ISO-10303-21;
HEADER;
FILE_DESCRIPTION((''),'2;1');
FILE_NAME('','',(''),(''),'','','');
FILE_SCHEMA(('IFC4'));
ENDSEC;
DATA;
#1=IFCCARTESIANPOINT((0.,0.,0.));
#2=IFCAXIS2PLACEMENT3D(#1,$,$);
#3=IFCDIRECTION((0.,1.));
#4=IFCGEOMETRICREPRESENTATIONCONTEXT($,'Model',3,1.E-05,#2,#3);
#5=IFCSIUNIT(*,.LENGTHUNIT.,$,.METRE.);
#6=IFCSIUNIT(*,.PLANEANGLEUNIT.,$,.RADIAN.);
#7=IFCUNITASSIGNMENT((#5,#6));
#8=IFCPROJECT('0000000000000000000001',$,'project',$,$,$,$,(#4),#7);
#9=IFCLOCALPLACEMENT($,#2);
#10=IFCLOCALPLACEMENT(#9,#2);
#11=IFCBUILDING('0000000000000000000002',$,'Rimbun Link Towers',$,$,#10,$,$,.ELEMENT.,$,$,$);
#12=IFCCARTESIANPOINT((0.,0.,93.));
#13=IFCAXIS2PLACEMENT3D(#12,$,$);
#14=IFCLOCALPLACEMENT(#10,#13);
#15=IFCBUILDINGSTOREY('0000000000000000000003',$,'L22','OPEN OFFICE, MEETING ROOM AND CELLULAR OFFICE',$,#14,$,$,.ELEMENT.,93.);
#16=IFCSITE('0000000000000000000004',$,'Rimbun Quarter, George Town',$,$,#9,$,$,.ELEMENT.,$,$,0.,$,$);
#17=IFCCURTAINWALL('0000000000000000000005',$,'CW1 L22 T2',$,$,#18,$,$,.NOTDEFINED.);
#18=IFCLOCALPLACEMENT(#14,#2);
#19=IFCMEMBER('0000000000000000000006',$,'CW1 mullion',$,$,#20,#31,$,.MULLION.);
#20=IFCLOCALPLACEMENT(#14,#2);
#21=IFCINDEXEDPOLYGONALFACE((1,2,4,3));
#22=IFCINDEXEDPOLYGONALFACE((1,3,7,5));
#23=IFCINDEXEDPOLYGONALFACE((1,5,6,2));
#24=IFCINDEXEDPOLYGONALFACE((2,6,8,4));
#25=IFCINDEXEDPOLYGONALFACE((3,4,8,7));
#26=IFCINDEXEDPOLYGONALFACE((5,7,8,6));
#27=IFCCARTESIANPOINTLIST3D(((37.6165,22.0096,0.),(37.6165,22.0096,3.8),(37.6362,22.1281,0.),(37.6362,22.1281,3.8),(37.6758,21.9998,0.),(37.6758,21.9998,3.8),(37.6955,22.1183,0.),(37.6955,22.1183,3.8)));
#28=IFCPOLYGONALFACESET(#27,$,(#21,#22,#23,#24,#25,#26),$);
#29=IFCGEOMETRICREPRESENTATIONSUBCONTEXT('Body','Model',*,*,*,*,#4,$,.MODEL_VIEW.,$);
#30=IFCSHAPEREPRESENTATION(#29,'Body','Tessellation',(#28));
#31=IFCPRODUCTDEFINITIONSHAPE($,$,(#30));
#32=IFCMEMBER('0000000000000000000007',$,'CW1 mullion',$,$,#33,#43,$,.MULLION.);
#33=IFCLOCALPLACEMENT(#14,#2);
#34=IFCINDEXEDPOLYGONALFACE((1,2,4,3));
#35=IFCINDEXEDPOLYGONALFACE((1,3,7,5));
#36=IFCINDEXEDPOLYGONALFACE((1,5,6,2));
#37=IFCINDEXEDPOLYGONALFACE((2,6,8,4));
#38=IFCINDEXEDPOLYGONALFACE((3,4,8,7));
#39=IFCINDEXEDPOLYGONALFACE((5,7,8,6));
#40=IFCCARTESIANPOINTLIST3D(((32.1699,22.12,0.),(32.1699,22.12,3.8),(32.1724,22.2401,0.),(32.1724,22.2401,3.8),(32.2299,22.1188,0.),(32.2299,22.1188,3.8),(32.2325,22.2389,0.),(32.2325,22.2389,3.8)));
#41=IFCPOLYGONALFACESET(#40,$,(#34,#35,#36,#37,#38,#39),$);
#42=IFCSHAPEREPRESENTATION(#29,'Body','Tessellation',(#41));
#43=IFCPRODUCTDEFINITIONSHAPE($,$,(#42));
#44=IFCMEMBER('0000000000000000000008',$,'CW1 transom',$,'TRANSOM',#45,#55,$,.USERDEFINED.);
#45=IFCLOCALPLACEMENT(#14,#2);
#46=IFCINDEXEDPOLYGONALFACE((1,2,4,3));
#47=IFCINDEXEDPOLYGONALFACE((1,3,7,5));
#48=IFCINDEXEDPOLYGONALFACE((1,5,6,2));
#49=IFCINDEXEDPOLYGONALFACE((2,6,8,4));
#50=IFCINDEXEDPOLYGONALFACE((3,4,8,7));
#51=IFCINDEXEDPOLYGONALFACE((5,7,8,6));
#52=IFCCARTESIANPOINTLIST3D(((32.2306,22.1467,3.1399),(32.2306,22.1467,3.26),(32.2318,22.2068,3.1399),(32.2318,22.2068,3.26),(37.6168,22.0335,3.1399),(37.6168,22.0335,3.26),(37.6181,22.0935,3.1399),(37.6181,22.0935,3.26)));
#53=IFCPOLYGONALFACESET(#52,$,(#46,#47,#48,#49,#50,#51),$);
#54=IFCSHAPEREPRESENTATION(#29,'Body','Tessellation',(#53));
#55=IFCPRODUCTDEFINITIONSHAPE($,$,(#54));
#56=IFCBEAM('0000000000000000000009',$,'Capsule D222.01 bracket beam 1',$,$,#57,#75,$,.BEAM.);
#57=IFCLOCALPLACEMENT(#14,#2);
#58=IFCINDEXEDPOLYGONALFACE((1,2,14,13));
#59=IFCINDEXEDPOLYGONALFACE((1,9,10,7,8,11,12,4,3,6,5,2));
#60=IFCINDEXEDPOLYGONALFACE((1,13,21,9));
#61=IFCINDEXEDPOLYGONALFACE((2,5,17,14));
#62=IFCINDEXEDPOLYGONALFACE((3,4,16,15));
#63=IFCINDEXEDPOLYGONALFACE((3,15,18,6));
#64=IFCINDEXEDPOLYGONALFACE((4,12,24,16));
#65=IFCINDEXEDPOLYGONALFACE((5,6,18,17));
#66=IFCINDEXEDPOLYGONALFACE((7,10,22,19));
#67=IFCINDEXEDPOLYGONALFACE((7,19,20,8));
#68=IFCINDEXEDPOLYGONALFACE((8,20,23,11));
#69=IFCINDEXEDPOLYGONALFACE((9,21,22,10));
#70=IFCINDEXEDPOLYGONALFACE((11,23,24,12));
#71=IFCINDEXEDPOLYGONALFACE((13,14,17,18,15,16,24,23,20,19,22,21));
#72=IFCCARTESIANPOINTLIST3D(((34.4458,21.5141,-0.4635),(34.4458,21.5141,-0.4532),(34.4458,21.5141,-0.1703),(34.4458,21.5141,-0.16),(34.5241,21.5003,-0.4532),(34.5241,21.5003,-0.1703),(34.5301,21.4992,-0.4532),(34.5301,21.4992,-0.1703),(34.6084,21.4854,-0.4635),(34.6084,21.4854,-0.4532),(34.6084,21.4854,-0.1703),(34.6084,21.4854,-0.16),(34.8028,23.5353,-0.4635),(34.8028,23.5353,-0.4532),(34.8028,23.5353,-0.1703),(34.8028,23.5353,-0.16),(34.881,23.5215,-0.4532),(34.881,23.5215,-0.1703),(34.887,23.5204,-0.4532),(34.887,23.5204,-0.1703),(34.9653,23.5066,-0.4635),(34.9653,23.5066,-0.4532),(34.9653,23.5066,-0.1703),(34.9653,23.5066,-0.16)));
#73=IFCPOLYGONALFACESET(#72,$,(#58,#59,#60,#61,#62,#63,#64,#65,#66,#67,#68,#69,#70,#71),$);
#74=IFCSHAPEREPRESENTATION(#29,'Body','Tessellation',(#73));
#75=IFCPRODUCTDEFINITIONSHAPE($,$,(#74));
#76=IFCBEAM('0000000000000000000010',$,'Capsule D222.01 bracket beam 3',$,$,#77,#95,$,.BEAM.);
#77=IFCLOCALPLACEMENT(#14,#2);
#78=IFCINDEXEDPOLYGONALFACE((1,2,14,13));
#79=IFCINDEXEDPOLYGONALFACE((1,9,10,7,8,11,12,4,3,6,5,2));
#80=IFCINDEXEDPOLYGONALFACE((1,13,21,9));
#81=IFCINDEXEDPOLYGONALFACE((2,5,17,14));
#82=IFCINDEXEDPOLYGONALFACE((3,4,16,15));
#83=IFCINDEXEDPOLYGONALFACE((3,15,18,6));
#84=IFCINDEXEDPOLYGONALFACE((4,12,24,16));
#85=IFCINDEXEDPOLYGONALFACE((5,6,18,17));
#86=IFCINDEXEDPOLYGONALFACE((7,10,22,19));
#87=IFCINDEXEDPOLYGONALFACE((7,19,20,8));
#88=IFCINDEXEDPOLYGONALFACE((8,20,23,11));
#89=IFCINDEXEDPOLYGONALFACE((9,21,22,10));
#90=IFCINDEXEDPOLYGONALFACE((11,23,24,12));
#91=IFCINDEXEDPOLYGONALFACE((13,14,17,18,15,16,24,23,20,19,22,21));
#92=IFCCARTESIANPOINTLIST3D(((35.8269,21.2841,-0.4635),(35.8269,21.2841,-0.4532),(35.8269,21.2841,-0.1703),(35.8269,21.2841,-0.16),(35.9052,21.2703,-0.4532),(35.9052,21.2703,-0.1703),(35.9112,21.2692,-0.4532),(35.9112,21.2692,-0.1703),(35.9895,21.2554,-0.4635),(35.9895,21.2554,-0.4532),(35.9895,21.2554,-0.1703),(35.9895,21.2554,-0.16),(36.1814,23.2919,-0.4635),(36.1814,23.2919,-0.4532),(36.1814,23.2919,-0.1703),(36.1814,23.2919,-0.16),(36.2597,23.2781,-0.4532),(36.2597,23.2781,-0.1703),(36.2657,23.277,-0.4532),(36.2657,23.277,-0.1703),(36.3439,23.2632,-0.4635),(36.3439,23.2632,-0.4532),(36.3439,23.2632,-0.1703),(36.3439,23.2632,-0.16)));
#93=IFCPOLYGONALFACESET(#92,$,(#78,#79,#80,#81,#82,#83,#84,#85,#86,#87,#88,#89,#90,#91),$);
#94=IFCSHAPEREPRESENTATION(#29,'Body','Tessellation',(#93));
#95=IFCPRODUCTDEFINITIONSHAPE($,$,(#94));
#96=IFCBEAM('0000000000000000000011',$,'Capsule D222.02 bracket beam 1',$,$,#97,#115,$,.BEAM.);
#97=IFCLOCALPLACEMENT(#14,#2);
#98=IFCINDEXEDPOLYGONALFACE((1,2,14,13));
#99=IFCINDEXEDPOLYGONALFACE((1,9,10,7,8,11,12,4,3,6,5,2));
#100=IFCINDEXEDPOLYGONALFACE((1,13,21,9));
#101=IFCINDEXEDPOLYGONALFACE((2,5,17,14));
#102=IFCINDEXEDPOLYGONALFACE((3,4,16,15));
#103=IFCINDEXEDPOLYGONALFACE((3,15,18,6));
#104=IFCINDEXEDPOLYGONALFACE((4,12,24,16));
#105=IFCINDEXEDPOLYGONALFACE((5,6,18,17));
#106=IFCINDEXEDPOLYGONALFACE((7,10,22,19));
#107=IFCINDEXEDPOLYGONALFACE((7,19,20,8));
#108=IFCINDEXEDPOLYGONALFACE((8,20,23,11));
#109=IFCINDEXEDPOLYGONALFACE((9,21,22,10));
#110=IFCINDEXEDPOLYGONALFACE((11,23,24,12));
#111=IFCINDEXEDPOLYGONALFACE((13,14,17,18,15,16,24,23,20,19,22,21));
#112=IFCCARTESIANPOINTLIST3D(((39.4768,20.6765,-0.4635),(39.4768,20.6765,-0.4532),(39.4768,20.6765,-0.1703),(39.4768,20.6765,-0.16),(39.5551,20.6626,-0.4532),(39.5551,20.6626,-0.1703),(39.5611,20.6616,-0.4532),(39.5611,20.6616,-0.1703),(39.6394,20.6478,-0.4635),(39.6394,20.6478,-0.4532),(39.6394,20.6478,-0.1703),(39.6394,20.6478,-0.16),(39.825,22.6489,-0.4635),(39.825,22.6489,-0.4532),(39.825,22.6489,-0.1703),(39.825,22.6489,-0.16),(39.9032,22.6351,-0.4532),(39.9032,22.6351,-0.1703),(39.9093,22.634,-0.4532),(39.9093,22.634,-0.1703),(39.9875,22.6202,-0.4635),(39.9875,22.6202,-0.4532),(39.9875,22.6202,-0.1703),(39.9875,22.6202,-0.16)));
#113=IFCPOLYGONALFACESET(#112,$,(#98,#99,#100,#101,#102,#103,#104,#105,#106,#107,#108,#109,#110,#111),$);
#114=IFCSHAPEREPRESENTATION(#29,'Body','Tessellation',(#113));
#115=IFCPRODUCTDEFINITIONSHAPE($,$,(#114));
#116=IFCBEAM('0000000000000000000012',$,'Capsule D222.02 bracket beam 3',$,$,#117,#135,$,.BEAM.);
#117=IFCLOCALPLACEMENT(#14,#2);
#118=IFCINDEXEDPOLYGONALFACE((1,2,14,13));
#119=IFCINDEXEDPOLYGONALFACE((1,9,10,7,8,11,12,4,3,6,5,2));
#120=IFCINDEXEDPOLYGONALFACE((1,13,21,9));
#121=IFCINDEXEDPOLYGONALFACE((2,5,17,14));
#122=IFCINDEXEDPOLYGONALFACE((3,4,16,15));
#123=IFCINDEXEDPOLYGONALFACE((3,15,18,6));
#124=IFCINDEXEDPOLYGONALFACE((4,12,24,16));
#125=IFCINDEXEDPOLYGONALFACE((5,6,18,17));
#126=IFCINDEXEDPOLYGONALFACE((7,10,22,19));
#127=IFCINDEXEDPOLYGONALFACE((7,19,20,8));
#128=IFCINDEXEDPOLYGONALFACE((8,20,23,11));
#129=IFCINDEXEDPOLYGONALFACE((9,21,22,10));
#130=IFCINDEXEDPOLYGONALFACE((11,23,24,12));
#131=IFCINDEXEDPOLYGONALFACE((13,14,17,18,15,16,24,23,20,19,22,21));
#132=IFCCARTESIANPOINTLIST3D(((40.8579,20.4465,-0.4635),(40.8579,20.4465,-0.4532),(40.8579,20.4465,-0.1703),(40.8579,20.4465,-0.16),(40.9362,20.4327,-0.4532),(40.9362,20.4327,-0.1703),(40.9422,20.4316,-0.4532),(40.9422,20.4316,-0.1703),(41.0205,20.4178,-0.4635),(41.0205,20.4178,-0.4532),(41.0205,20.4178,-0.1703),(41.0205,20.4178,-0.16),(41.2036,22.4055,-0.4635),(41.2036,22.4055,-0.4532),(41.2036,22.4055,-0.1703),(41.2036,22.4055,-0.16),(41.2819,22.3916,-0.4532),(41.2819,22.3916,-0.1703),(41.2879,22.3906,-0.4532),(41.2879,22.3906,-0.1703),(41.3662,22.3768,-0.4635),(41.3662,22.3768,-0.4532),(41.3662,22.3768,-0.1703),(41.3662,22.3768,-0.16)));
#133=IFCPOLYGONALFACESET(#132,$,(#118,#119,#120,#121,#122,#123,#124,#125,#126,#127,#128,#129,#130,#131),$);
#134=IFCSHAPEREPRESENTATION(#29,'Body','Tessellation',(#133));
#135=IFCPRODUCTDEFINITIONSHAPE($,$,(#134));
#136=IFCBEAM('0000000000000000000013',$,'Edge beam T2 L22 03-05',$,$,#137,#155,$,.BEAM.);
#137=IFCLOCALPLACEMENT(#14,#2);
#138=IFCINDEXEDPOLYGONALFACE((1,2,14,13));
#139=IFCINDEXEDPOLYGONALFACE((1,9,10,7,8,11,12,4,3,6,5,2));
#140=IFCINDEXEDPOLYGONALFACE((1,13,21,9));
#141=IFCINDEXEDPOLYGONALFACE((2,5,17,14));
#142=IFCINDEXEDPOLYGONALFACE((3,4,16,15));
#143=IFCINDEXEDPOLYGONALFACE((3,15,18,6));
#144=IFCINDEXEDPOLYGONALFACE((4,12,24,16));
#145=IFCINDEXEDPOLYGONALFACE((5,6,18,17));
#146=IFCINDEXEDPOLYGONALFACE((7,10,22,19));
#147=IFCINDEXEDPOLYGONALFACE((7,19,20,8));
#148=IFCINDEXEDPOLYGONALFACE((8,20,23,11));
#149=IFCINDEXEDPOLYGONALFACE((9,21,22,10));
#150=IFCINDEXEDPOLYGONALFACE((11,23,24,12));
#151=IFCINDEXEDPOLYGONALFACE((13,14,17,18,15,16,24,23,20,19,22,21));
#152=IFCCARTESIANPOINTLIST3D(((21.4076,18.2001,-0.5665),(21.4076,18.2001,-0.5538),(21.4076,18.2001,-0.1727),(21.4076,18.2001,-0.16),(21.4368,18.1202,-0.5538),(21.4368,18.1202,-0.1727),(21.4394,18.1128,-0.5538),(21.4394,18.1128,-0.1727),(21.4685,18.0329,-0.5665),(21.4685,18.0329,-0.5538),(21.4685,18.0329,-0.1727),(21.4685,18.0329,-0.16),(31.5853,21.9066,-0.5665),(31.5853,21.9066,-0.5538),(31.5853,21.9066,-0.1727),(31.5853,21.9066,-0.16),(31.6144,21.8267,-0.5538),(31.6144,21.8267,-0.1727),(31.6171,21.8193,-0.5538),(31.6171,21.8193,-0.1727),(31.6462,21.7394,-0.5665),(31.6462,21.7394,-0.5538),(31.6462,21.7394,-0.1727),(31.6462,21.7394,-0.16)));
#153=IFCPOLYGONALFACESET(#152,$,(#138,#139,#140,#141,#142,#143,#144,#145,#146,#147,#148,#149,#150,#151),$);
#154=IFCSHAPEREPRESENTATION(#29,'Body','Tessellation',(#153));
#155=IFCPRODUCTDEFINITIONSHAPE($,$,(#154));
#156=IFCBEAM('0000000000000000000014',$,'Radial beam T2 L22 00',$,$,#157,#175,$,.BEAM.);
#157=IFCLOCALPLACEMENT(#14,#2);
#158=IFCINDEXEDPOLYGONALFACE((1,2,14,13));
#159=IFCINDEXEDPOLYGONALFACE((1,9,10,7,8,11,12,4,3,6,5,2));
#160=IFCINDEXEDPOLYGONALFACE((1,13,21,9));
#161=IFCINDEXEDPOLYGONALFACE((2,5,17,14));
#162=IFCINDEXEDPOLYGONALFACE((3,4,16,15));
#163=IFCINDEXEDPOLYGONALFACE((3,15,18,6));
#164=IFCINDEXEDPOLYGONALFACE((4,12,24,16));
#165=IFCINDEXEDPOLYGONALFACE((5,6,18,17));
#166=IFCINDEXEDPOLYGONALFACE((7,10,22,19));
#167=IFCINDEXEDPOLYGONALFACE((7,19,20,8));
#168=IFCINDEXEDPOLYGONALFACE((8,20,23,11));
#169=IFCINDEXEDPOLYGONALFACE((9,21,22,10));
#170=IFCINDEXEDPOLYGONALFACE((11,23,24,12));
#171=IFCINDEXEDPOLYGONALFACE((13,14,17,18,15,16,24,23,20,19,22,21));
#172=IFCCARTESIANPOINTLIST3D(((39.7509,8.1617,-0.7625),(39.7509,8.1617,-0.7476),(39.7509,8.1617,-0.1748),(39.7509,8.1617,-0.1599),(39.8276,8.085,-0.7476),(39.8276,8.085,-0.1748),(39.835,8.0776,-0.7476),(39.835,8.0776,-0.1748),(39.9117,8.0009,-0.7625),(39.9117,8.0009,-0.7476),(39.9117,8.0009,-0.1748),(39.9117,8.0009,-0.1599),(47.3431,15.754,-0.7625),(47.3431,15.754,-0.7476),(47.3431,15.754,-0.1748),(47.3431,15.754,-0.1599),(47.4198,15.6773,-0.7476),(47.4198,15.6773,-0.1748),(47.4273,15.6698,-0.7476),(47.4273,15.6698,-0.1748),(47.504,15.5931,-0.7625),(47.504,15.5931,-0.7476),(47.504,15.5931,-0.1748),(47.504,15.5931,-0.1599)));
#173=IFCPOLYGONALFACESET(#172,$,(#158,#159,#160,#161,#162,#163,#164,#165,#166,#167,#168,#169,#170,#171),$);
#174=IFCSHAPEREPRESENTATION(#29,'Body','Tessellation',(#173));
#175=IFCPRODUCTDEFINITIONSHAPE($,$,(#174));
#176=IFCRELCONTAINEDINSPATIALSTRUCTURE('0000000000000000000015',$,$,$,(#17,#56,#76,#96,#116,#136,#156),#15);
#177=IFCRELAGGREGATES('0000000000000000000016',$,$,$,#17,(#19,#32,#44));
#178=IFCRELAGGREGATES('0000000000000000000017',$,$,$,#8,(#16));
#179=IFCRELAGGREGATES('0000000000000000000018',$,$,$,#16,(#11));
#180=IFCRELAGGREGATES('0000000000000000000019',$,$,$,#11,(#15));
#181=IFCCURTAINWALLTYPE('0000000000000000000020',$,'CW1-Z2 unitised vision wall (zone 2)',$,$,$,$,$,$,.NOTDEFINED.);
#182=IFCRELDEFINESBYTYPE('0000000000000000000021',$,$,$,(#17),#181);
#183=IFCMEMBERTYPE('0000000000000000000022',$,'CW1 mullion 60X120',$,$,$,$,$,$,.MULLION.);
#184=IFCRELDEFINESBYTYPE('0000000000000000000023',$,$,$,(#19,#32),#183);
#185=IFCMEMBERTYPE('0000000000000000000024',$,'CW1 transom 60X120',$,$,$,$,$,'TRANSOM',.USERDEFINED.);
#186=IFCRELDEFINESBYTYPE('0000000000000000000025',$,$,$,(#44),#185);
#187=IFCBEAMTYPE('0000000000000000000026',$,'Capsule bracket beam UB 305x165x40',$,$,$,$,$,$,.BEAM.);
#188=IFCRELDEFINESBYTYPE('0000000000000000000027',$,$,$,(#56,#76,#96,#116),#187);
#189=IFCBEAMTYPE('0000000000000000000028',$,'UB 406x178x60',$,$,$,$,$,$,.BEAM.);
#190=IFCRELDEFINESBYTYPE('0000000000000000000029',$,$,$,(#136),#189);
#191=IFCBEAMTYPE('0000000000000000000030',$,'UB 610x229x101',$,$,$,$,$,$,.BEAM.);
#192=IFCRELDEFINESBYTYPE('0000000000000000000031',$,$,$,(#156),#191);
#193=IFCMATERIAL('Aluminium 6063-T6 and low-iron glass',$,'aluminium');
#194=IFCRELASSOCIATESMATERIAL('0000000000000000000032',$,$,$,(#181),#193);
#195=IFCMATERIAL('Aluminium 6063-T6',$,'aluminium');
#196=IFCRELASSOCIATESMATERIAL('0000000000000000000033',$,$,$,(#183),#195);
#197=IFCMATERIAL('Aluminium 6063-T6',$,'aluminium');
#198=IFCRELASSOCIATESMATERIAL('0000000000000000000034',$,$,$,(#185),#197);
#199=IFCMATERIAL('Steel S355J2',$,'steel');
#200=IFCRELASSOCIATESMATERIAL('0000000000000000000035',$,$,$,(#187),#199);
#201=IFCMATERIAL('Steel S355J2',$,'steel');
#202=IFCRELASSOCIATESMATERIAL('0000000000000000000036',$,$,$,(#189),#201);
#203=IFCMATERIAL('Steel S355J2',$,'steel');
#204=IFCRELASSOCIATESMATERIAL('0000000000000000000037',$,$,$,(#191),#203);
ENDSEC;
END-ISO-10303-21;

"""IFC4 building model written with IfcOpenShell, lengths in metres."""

from ifc_helpers import new_model, si_unit, direction, frame, origin, origin_2d, place, context, subcontext, project, spatial, rectangle, i_section, extrude, material, material_profile, profile_set, type_object, element, aggregate, save


model = new_model("IFC4")

# Units and contexts
model_context = context("Model", 3, precision=1e-05, world=origin(), true_north=direction((0.0, 1.0)))
body_context = subcontext(model_context, "Body", "Model", "MODEL_VIEW")
ifc_project = project(units=[si_unit("LENGTHUNIT", "METRE"), si_unit("PLANEANGLEUNIT", "RADIAN")], contexts=[model_context])

# Site, building, storey
site_placement = place(None, origin())
site = spatial("IfcSite", under=ifc_project, at=site_placement, Name="Rimbun Quarter, George Town", CompositionType="ELEMENT", RefElevation=0.0)
building_placement = place(site_placement, origin())
building = spatial("IfcBuilding", under=site, at=building_placement, Name="Rimbun Link Towers", CompositionType="ELEMENT")
storey_placement = place(building_placement, frame((0.0, 0.0, 93.0)))
storey = spatial("IfcBuildingStorey", under=building, at=storey_placement, Name="L22", Description="OPEN OFFICE, MEETING ROOM AND CELLULAR OFFICE", CompositionType="ELEMENT", Elevation=93.0)

# Curtain wall, members
ifc_material_1 = material(Name="Aluminium 6063-T6 and low-iron glass", Category="aluminium")
curtain_wall_type = type_object("IfcCurtainWallType", Name="CW1-Z2 unitised vision wall (zone 2)", PredefinedType="NOTDEFINED", material=ifc_material_1)
curtain_wall_placement = place(storey_placement, origin())
curtain_wall = element("IfcCurtainWall", 1, at=curtain_wall_placement, inside=storey, type_object=curtain_wall_type, Name="CW1 L22 T2", PredefinedType="NOTDEFINED")
ifc_material_2 = material(Name="Aluminium 6063-T6", Category="aluminium")
ifc_material_profile_1 = material_profile(ifc_material_2, rectangle(XDim=0.1201, YDim=0.0601, at=origin_2d()), Name="MULLION 60X120")
ifc_profile_set_1 = profile_set([ifc_material_profile_1], Name="Aluminium 6063-T6")
member_type_1 = type_object("IfcMemberType", Name="CW1 mullion 60X120", PredefinedType="MULLION", material=ifc_profile_set_1)
member_1_placement = place(storey_placement, frame((37.656, 22.064, 0.0), z_axis=(0.0, 0.0, 1.0), x_axis=(0.163744, 0.986503, 0.0)))
member_1 = element("IfcMember", 2, at=member_1_placement, type_object=member_type_1, Name="CW1 mullion", PredefinedType="MULLION", context=body_context, shape_type="SweptSolid", body=[
    extrude(rectangle(XDim=0.1201, YDim=0.0601, at=origin_2d()), origin(), (0.0, 0.0, 1.0), 3.8),
])
member_2_placement = place(storey_placement, frame((32.2012, 22.1794, 0.0), z_axis=(0.0, 0.0, 1.0), x_axis=(0.02106, 0.999778, 0.0)))
member_2 = element("IfcMember", 3, at=member_2_placement, type_object=member_type_1, Name="CW1 mullion", PredefinedType="MULLION", context=body_context, shape_type="SweptSolid", body=[
    extrude(rectangle(XDim=0.1201, YDim=0.0601, at=origin_2d()), origin(), (0.0, 0.0, 1.0), 3.8),
])
ifc_material_3 = material(Name="Aluminium 6063-T6", Category="aluminium")
ifc_material_profile_2 = material_profile(ifc_material_3, rectangle(XDim=0.0601, YDim=0.1201, at=origin_2d()), Name="TRANSOM 60X120")
ifc_profile_set_2 = profile_set([ifc_material_profile_2], Name="Aluminium 6063-T6")
member_type_2 = type_object("IfcMemberType", Name="CW1 transom 60X120", ElementType="TRANSOM", PredefinedType="USERDEFINED", material=ifc_profile_set_2)
member_3_placement = place(storey_placement, frame((32.2312, 22.1768, 3.2), z_axis=(0.999779, -0.021027, 0.0), x_axis=(0.021027, 0.999779, 0.0)))
member_3 = element("IfcMember", 4, at=member_3_placement, type_object=member_type_2, Name="CW1 transom", ObjectType="TRANSOM", PredefinedType="USERDEFINED", context=body_context, shape_type="SweptSolid", body=[
    extrude(rectangle(XDim=0.0601, YDim=0.1201, at=origin_2d()), origin(), (0.0, 0.0, 1.0), 5.3875),
])

# Beams
ifc_material_4 = material(Name="Steel S355J2", Category="steel")
ifc_material_profile_3 = material_profile(ifc_material_4, i_section(OverallWidth=0.165, OverallDepth=0.3035, WebThickness=0.0061, FlangeThickness=0.0103, at=origin_2d()), Name="UB 305x165x40")
ifc_profile_set_3 = profile_set([ifc_material_profile_3], Name="Steel S355J2")
beam_type_1 = type_object("IfcBeamType", Name="Capsule bracket beam UB 305x165x40", PredefinedType="BEAM", material=ifc_profile_set_3)
beam_1_placement = place(storey_placement, frame((34.5271, 21.4998, -0.3118), z_axis=(0.173901, 0.984763, 0.0), x_axis=(-0.984763, 0.173901, 0.0)))
element("IfcBeam", 5, at=beam_1_placement, inside=storey, type_object=beam_type_1, Name="Capsule D222.01 bracket beam 1", PredefinedType="BEAM", context=body_context, shape_type="SweptSolid", body=[
    extrude(i_section(OverallWidth=0.165, OverallDepth=0.3035, WebThickness=0.0061, FlangeThickness=0.0103, at=origin_2d()), origin(), (0.0, 0.0, 1.0), 2.0525),
])
beam_2_placement = place(storey_placement, frame((35.9082, 21.2698, -0.3118), z_axis=(0.173867, 0.984769, 0.0), x_axis=(-0.984769, 0.173867, 0.0)))
element("IfcBeam", 6, at=beam_2_placement, inside=storey, type_object=beam_type_1, Name="Capsule D222.01 bracket beam 3", PredefinedType="BEAM", context=body_context, shape_type="SweptSolid", body=[
    extrude(i_section(OverallWidth=0.165, OverallDepth=0.3035, WebThickness=0.0061, FlangeThickness=0.0103, at=origin_2d()), origin(), (0.0, 0.0, 1.0), 2.0388),
])
beam_3_placement = place(storey_placement, frame((39.5581, 20.6621, -0.3118), z_axis=(0.17382, 0.984777, 0.0), x_axis=(-0.984777, 0.17382, 0.0)))
element("IfcBeam", 7, at=beam_3_placement, inside=storey, type_object=beam_type_1, Name="Capsule D222.02 bracket beam 1", PredefinedType="BEAM", context=body_context, shape_type="SweptSolid", body=[
    extrude(i_section(OverallWidth=0.165, OverallDepth=0.3035, WebThickness=0.0061, FlangeThickness=0.0103, at=origin_2d()), origin(), (0.0, 0.0, 1.0), 2.0029),
])
beam_4_placement = place(storey_placement, frame((40.9392, 20.4321, -0.3118), z_axis=(0.173785, 0.984784, 0.0), x_axis=(-0.984784, 0.173785, 0.0)))
element("IfcBeam", 8, at=beam_4_placement, inside=storey, type_object=beam_type_1, Name="Capsule D222.02 bracket beam 3", PredefinedType="BEAM", context=body_context, shape_type="SweptSolid", body=[
    extrude(i_section(OverallWidth=0.165, OverallDepth=0.3035, WebThickness=0.0061, FlangeThickness=0.0103, at=origin_2d()), origin(), (0.0, 0.0, 1.0), 1.9893),
])
ifc_material_5 = material(Name="Steel S355J2", Category="steel")
ifc_material_profile_4 = material_profile(ifc_material_5, i_section(OverallWidth=0.178, OverallDepth=0.4065, WebThickness=0.0078, FlangeThickness=0.0127, at=origin_2d()), Name="UB 406x178x60")
ifc_profile_set_4 = profile_set([ifc_material_profile_4], Name="Steel S355J2")
beam_type_2 = type_object("IfcBeamType", Name="UB 406x178x60", PredefinedType="BEAM", material=ifc_profile_set_4)
beam_5_placement = place(storey_placement, frame((31.6157, 21.823, -0.3633), z_axis=(-0.939629, -0.342195, 0.0), x_axis=(0.342195, -0.939629, 0.0)))
element("IfcBeam", 9, at=beam_5_placement, inside=storey, type_object=beam_type_2, Name="Edge beam T2 L22 03-05", PredefinedType="BEAM", context=body_context, shape_type="SweptSolid", body=[
    extrude(i_section(OverallWidth=0.178, OverallDepth=0.4065, WebThickness=0.0078, FlangeThickness=0.0127, at=origin_2d()), origin(), (0.0, 0.0, 1.0), 10.8315),
])
ifc_material_6 = material(Name="Steel S355J2", Category="steel")
ifc_material_profile_5 = material_profile(ifc_material_6, i_section(OverallWidth=0.2275, OverallDepth=0.6025, WebThickness=0.0105, FlangeThickness=0.0149, at=origin_2d()), Name="UB 610x229x101")
ifc_profile_set_5 = profile_set([ifc_material_profile_5], Name="Steel S355J2")
beam_type_3 = type_object("IfcBeamType", Name="UB 610x229x101", PredefinedType="BEAM", material=ifc_profile_set_5)
beam_6_placement = place(storey_placement, frame((39.8313, 8.0813, -0.4612), z_axis=(0.707107, 0.707107, 0.0), x_axis=(-0.707107, 0.707107, 0.0)))
element("IfcBeam", 10, at=beam_6_placement, inside=storey, type_object=beam_type_3, Name="Radial beam T2 L22 00", PredefinedType="BEAM", context=body_context, shape_type="SweptSolid", body=[
    extrude(i_section(OverallWidth=0.2275, OverallDepth=0.6025, WebThickness=0.0105, FlangeThickness=0.0149, at=origin_2d()), origin(), (0.0, 0.0, 1.0), 10.7371),
])

aggregate(curtain_wall, [member_1, member_2, member_3])

save(model, "model.ifc")
